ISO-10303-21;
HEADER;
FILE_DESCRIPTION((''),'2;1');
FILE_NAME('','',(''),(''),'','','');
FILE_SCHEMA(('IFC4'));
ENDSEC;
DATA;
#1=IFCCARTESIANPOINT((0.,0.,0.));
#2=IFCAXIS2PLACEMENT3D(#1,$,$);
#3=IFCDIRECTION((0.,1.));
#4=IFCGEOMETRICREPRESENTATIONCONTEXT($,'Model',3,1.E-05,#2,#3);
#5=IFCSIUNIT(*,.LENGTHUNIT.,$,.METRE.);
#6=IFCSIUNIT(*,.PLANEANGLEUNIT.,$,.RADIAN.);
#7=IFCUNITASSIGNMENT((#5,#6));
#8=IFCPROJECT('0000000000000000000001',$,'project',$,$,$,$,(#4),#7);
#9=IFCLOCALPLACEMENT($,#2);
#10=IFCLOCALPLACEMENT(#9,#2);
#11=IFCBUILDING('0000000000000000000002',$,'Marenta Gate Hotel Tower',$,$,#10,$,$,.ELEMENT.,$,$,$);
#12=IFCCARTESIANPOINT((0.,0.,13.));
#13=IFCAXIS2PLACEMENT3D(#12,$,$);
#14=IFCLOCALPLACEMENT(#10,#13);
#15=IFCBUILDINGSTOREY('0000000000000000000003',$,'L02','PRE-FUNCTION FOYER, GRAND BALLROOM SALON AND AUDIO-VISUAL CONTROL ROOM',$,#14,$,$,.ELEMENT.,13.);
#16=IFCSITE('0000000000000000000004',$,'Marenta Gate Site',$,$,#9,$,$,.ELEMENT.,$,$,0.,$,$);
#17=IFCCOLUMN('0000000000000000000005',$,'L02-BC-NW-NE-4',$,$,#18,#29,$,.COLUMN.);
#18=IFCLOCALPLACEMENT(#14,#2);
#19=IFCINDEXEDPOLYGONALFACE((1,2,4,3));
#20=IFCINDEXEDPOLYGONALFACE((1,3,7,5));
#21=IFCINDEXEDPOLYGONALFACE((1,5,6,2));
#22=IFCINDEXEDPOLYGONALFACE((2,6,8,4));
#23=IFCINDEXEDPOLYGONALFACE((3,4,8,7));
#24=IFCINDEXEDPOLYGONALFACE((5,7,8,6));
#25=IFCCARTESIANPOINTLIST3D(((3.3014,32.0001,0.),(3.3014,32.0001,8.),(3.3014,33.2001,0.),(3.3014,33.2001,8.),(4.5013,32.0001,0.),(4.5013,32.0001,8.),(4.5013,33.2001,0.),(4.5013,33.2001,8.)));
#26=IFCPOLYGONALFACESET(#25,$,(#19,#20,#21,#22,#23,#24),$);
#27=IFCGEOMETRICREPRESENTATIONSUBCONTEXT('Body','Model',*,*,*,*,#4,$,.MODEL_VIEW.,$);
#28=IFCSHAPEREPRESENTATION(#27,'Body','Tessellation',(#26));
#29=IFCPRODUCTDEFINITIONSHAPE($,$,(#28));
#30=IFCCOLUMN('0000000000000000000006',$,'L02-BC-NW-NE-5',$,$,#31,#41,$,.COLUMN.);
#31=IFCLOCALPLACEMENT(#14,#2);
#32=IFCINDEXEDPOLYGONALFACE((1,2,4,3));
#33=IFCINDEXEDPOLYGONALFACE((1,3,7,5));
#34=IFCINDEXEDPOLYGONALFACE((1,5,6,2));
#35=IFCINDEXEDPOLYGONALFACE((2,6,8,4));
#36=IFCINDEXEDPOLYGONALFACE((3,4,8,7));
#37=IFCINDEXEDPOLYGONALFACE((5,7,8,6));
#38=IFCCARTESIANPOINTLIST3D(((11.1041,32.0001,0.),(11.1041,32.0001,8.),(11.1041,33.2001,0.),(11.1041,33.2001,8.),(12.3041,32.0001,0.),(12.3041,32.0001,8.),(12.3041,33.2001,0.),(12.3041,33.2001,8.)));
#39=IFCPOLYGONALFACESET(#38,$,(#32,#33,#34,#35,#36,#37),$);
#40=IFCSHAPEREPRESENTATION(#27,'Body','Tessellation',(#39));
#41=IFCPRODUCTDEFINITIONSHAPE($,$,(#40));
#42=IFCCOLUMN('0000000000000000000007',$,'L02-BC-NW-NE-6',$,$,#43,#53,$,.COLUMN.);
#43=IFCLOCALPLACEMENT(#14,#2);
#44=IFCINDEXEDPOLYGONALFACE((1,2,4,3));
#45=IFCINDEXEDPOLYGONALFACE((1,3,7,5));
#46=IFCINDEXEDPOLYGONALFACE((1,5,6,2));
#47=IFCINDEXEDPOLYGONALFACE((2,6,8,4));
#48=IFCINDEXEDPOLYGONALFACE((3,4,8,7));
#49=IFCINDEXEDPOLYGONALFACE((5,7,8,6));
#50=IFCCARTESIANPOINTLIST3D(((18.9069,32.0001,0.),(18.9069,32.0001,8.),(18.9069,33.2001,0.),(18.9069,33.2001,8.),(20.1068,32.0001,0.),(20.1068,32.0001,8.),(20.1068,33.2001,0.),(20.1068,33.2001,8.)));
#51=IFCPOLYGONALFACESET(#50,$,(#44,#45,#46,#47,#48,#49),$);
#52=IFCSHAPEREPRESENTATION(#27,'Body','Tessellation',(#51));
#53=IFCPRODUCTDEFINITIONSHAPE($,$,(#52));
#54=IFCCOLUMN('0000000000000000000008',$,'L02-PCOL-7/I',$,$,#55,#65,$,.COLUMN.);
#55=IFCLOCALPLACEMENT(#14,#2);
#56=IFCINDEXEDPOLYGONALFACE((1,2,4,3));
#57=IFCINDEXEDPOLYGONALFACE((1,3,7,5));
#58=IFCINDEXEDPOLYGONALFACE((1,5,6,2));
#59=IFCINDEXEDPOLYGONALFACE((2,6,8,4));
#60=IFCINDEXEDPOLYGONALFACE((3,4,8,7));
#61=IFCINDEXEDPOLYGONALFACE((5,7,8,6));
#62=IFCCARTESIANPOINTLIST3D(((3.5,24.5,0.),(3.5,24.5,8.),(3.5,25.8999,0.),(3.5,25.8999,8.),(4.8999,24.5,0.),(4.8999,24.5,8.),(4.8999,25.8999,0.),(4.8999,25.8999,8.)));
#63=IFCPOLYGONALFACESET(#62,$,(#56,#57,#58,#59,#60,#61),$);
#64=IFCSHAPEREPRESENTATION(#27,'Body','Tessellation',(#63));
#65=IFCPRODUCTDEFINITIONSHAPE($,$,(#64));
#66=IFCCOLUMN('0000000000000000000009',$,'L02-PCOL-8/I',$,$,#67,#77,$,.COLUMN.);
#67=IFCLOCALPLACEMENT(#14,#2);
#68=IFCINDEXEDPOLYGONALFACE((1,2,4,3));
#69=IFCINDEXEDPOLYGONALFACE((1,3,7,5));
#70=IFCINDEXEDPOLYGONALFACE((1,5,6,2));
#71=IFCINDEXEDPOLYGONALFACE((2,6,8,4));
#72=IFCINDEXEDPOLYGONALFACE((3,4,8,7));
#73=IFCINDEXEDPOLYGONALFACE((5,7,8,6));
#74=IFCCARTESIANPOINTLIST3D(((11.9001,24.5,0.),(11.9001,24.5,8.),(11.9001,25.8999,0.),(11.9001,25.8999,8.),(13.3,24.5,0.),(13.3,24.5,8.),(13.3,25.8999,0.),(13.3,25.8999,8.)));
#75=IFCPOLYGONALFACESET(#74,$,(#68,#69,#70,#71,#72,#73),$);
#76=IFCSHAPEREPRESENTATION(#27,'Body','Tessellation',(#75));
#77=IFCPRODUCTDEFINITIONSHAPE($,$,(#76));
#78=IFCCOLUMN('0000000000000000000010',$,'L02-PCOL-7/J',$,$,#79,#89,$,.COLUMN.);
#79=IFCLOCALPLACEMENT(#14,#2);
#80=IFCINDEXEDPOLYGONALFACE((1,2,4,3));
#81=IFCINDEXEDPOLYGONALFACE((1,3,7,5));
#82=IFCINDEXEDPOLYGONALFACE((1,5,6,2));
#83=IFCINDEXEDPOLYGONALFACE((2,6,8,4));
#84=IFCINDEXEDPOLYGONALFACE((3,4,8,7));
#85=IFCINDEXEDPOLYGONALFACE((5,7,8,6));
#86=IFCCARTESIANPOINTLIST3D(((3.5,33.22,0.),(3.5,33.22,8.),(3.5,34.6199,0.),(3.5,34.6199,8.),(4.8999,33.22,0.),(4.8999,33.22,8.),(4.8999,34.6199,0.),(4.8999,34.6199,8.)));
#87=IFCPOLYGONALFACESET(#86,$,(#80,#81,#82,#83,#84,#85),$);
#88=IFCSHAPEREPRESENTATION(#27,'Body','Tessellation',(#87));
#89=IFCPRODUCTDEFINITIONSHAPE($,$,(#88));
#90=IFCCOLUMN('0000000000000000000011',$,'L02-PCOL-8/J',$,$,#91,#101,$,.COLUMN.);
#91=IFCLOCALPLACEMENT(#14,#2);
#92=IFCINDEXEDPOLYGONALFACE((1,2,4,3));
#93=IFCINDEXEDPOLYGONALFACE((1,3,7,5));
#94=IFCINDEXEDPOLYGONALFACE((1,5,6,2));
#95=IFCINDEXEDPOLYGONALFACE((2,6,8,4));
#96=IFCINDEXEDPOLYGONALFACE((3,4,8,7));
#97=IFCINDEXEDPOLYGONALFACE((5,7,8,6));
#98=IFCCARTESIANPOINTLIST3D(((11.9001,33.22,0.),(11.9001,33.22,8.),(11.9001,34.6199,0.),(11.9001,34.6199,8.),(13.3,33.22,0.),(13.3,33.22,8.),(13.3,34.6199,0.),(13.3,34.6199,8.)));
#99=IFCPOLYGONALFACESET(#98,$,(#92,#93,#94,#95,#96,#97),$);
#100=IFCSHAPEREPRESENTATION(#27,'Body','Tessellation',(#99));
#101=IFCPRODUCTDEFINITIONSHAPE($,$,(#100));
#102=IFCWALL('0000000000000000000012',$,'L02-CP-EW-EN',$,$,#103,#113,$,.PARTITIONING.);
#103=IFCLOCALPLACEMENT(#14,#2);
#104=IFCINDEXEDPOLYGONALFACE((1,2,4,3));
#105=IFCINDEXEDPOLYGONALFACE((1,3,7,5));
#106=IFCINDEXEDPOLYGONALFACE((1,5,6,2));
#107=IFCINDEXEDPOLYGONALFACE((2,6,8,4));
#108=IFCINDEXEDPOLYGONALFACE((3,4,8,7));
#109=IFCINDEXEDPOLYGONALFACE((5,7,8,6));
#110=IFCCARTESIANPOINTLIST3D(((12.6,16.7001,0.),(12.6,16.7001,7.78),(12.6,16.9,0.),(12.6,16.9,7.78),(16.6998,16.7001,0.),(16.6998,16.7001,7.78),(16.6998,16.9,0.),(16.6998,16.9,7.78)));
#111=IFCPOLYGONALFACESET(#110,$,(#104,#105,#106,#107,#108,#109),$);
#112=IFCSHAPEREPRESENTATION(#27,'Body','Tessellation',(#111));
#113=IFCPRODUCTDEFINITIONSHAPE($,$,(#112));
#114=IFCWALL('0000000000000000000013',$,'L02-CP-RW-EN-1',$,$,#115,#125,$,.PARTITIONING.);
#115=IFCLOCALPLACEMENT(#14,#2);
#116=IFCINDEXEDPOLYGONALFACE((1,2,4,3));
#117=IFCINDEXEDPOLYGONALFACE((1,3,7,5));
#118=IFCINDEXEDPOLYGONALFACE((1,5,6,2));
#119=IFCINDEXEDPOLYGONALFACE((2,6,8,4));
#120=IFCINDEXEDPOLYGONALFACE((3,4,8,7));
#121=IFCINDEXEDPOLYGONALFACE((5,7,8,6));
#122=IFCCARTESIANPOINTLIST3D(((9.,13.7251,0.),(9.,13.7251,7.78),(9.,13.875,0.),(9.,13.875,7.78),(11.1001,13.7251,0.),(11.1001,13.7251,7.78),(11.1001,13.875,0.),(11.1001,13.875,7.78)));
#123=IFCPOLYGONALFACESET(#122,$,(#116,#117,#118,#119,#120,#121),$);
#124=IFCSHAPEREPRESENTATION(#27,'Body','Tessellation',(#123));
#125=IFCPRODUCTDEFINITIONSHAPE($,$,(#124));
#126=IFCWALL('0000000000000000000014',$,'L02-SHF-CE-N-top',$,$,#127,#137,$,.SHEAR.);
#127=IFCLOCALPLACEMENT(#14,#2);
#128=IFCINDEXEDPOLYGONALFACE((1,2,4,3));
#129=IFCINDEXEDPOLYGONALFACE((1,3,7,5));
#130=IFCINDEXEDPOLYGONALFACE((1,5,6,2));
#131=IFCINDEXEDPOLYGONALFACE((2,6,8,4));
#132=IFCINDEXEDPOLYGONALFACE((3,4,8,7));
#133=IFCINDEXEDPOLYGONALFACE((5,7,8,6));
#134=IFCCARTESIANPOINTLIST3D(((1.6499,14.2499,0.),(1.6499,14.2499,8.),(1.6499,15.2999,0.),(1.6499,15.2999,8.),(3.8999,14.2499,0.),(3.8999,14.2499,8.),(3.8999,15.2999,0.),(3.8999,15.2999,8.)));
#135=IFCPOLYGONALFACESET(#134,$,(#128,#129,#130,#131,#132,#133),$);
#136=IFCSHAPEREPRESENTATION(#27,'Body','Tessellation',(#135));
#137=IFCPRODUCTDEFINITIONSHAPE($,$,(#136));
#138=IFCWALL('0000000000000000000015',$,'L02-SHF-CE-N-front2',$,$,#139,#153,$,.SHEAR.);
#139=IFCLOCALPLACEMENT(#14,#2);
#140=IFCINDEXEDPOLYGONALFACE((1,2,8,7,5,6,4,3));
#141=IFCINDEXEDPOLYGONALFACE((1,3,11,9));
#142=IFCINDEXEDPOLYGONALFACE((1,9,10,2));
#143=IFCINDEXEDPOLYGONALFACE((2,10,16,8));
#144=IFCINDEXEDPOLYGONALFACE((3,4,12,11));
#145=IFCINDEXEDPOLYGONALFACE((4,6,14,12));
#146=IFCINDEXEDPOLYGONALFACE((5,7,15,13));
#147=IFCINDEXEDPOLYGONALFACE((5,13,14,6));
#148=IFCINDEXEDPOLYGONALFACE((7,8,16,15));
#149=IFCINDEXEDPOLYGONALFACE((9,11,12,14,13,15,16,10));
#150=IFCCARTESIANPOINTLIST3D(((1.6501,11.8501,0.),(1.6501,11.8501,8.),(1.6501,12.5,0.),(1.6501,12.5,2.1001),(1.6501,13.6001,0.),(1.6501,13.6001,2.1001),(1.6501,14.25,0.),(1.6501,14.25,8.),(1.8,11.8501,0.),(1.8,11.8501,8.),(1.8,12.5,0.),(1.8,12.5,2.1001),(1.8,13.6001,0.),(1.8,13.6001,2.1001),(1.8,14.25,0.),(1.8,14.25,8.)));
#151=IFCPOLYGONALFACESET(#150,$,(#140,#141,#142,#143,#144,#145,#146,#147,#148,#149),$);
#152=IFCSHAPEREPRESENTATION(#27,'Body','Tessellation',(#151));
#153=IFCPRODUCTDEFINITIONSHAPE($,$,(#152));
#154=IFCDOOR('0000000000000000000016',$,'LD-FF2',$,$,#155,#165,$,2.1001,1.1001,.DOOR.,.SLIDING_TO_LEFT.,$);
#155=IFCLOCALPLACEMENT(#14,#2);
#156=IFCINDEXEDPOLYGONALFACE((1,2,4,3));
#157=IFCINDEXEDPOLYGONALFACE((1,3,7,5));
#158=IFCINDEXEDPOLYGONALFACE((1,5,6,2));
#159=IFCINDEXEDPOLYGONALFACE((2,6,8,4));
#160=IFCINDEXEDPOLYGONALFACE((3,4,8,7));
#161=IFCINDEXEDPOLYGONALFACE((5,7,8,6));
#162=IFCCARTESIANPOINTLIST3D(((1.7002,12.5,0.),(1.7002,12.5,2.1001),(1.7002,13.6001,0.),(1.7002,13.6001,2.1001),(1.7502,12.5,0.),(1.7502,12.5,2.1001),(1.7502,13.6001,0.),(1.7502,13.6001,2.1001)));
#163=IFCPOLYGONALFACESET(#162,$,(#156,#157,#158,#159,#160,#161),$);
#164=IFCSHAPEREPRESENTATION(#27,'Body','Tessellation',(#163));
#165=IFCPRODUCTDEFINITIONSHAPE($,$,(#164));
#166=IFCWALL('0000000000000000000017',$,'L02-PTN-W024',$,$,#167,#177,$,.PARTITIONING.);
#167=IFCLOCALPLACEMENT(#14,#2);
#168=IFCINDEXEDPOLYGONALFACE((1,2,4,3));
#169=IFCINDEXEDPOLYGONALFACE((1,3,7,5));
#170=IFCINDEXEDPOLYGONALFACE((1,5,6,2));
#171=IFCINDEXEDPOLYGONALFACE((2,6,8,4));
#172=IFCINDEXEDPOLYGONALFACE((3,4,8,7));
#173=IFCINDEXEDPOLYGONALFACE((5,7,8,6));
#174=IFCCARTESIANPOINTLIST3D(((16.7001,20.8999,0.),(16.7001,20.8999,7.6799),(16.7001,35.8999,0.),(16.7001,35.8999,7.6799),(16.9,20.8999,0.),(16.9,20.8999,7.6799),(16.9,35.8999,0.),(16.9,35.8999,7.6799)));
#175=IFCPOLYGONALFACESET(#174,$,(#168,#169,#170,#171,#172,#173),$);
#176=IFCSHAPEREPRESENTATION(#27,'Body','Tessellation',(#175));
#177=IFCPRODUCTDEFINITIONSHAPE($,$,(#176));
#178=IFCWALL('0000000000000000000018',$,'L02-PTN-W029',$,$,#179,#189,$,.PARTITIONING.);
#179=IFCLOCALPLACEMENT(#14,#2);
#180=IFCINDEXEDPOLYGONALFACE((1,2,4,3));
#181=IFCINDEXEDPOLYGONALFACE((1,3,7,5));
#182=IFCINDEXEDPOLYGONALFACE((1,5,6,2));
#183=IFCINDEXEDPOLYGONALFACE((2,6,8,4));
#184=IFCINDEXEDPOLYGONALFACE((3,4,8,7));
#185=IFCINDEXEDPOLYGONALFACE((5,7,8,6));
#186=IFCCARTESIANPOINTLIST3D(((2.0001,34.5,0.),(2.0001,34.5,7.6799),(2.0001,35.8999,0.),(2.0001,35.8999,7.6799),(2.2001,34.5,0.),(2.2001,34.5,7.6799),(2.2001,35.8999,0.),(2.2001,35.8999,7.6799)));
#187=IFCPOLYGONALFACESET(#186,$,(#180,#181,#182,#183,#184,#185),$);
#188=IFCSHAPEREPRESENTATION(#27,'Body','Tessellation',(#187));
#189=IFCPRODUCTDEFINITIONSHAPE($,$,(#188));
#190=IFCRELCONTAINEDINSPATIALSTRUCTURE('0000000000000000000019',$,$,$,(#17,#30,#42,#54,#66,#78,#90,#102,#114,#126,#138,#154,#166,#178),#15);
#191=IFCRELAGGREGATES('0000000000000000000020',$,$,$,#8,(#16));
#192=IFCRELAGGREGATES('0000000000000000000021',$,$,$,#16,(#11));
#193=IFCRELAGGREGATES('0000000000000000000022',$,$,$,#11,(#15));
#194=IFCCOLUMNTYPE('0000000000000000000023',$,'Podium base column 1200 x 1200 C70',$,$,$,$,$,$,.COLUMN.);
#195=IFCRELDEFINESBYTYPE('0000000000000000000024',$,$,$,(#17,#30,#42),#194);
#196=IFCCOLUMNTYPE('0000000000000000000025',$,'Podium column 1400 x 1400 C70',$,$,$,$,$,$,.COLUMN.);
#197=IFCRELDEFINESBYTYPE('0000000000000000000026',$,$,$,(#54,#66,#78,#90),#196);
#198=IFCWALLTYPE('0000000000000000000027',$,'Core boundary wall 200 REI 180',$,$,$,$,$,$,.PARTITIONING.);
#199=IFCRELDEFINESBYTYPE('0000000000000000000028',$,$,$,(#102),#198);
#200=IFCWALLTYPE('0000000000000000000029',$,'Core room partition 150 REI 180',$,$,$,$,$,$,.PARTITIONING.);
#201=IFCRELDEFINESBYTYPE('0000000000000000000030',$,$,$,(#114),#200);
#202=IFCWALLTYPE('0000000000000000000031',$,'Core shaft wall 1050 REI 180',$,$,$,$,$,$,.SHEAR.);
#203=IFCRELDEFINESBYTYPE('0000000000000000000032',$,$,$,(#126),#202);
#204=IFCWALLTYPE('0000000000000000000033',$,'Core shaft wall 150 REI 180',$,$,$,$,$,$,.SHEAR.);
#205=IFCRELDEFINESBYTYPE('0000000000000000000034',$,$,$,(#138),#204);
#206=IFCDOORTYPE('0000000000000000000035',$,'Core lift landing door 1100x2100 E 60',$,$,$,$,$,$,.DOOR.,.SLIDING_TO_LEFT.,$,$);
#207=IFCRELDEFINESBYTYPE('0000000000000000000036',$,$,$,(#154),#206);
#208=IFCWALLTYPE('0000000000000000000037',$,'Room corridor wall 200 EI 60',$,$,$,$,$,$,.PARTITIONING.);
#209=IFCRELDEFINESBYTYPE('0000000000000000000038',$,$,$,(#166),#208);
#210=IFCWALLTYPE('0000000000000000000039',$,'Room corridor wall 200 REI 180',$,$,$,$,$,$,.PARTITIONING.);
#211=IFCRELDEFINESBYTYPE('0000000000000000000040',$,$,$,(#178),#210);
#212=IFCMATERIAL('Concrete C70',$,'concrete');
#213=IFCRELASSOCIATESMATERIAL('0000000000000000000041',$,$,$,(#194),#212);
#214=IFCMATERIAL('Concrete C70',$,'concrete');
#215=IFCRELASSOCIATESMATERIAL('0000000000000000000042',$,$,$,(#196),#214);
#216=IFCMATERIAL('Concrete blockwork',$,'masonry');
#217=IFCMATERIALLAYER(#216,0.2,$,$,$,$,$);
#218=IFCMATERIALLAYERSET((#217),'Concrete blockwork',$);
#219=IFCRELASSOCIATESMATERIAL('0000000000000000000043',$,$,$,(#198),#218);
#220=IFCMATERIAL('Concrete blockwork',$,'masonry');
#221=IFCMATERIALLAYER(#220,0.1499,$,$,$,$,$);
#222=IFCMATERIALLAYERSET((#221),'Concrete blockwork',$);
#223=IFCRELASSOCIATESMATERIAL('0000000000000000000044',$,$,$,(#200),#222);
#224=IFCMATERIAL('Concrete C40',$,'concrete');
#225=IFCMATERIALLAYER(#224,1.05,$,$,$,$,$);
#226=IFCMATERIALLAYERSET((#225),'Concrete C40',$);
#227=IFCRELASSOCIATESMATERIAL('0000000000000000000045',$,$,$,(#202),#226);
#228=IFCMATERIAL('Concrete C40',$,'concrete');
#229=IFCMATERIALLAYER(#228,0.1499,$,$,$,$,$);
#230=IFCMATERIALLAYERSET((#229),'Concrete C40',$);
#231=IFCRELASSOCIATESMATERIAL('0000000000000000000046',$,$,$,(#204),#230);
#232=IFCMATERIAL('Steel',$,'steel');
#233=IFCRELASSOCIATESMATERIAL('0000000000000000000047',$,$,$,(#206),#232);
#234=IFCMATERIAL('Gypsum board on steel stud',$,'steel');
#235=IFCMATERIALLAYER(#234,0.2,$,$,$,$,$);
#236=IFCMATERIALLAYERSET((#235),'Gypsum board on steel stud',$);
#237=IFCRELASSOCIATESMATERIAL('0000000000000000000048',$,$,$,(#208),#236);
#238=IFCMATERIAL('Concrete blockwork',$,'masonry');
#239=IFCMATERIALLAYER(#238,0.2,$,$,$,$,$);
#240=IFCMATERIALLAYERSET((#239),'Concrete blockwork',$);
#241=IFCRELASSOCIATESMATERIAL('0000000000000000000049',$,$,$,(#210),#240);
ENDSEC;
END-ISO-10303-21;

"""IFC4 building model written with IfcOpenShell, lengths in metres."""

from ifc_helpers import new_model, si_unit, direction, frame, frame_2d, origin, origin_2d, place, context, subcontext, project, spatial, rectangle, extrude, material, layer, layer_set, material_profile, profile_set, type_object, element, fill, save


model = new_model("IFC4")

# Units and contexts
model_context = context("Model", 3, precision=1e-05, world=origin(), true_north=direction((0.0, 1.0)))
body_context = subcontext(model_context, "Body", "Model", "MODEL_VIEW")
ifc_project = project(units=[si_unit("LENGTHUNIT", "METRE"), si_unit("PLANEANGLEUNIT", "RADIAN")], contexts=[model_context])

# Site, building, storey
site_placement = place(None, origin())
site = spatial("IfcSite", under=ifc_project, at=site_placement, Name="Marenta Gate Site", CompositionType="ELEMENT", RefElevation=0.0)
building_placement = place(site_placement, origin())
building = spatial("IfcBuilding", under=site, at=building_placement, Name="Marenta Gate Hotel Tower", CompositionType="ELEMENT")
storey_placement = place(building_placement, frame((0.0, 0.0, 13.0)))
storey = spatial("IfcBuildingStorey", under=building, at=storey_placement, Name="L02", Description="PRE-FUNCTION FOYER, GRAND BALLROOM SALON AND AUDIO-VISUAL CONTROL ROOM", CompositionType="ELEMENT", Elevation=13.0)

# Columns
ifc_material_1 = material(Name="Concrete C70", Category="concrete")
ifc_material_profile_1 = material_profile(ifc_material_1, rectangle(XDim=1.2, YDim=1.2, at=origin_2d()), Name="1200 x 1200")
ifc_profile_set_1 = profile_set([ifc_material_profile_1], Name="Concrete C70")
column_type_1 = type_object("IfcColumnType", Name="Podium base column 1200 x 1200 C70", PredefinedType="COLUMN", material=ifc_profile_set_1)
for number, where, z_axis, x_axis, name in (
    (1, (3.9014, 32.6001, 0.0), (0.0, 0.0, 1.0), (1.0, 0.0, 0.0), "L02-BC-NW-NE-4"),
    (2, (11.7041, 32.6001, 0.0), (0.0, 0.0, 1.0), (1.0, 0.0, 0.0), "L02-BC-NW-NE-5"),
    (3, (19.5068, 32.6001, 0.0), (0.0, 0.0, 1.0), (1.0, 0.0, 0.0), "L02-BC-NW-NE-6"),
):
    element("IfcColumn", number, at=place(storey_placement, frame(where, z_axis=z_axis, x_axis=x_axis)), inside=storey, type_object=column_type_1, Name=name, PredefinedType="COLUMN", context=body_context, shape_type="SweptSolid", body=[
        extrude(rectangle(XDim=1.2, YDim=1.2, at=origin_2d()), origin(), (0.0, 0.0, 1.0), 8.0),
    ])
ifc_material_2 = material(Name="Concrete C70", Category="concrete")
ifc_material_profile_2 = material_profile(ifc_material_2, rectangle(XDim=1.3999, YDim=1.3999, at=origin_2d()), Name="1400 x 1400")
ifc_profile_set_2 = profile_set([ifc_material_profile_2], Name="Concrete C70")
column_type_2 = type_object("IfcColumnType", Name="Podium column 1400 x 1400 C70", PredefinedType="COLUMN", material=ifc_profile_set_2)
for number, where, z_axis, x_axis, name in (
    (4, (4.2, 25.2, 0.0), (0.0, 0.0, 1.0), (1.0, 0.0, 0.0), "L02-PCOL-7/I"),
    (5, (12.6001, 25.2, 0.0), (0.0, 0.0, 1.0), (1.0, 0.0, 0.0), "L02-PCOL-8/I"),
    (6, (4.2, 33.9199, 0.0), (0.0, 0.0, 1.0), (1.0, 0.0, 0.0), "L02-PCOL-7/J"),
    (7, (12.6001, 33.9199, 0.0), (0.0, 0.0, 1.0), (1.0, 0.0, 0.0), "L02-PCOL-8/J"),
):
    element("IfcColumn", number, at=place(storey_placement, frame(where, z_axis=z_axis, x_axis=x_axis)), inside=storey, type_object=column_type_2, Name=name, PredefinedType="COLUMN", context=body_context, shape_type="SweptSolid", body=[
        extrude(rectangle(XDim=1.3999, YDim=1.3999, at=origin_2d()), origin(), (0.0, 0.0, 1.0), 8.0),
    ])

# Walls
ifc_material_3 = material(Name="Concrete blockwork", Category="masonry")
ifc_layer_1 = layer(ifc_material_3, 0.2)
ifc_layer_set_1 = layer_set([ifc_layer_1], Name="Concrete blockwork")
wall_type_1 = type_object("IfcWallType", Name="Core boundary wall 200 REI 180", PredefinedType="PARTITIONING", material=ifc_layer_set_1)
wall_1_placement = place(storey_placement, frame((12.6001, 16.8, 0.0), z_axis=(0.0, 0.0, 1.0), x_axis=(1.0, 0.0, 0.0)))
element("IfcWall", 8, at=wall_1_placement, inside=storey, type_object=wall_type_1, Name="L02-CP-EW-EN", PredefinedType="PARTITIONING", context=body_context, shape_type="SweptSolid", body=[
    extrude(rectangle(XDim=4.0999, YDim=0.2, at=frame_2d((2.0498, 0.0))), origin(), (0.0, 0.0, 1.0), 7.78),
])
ifc_material_4 = material(Name="Concrete blockwork", Category="masonry")
ifc_layer_2 = layer(ifc_material_4, 0.1499)
ifc_layer_set_2 = layer_set([ifc_layer_2], Name="Concrete blockwork")
wall_type_2 = type_object("IfcWallType", Name="Core room partition 150 REI 180", PredefinedType="PARTITIONING", material=ifc_layer_set_2)
wall_2_placement = place(storey_placement, frame((9.0, 13.8, 0.0), z_axis=(0.0, 0.0, 1.0), x_axis=(1.0, 0.0, 0.0)))
element("IfcWall", 9, at=wall_2_placement, inside=storey, type_object=wall_type_2, Name="L02-CP-RW-EN-1", PredefinedType="PARTITIONING", context=body_context, shape_type="SweptSolid", body=[
    extrude(rectangle(XDim=2.1001, YDim=0.1499, at=frame_2d((1.05, 0.0))), origin(), (0.0, 0.0, 1.0), 7.78),
])
ifc_material_5 = material(Name="Concrete C40", Category="concrete")
ifc_layer_3 = layer(ifc_material_5, 1.05)
ifc_layer_set_3 = layer_set([ifc_layer_3], Name="Concrete C40")
wall_type_3 = type_object("IfcWallType", Name="Core shaft wall 1050 REI 180", PredefinedType="SHEAR", material=ifc_layer_set_3)
wall_3_placement = place(storey_placement, frame((1.6499, 14.7749, 0.0), z_axis=(0.0, 0.0, 1.0), x_axis=(1.0, 0.0, 0.0)))
element("IfcWall", 10, at=wall_3_placement, inside=storey, type_object=wall_type_3, Name="L02-SHF-CE-N-top", PredefinedType="SHEAR", context=body_context, shape_type="SweptSolid", body=[
    extrude(rectangle(XDim=2.25, YDim=1.05, at=frame_2d((1.125, 0.0))), origin(), (0.0, 0.0, 1.0), 8.0),
])

# Wall, opening, door
ifc_material_6 = material(Name="Concrete C40", Category="concrete")
ifc_layer_4 = layer(ifc_material_6, 0.1499)
ifc_layer_set_4 = layer_set([ifc_layer_4], Name="Concrete C40")
wall_type_4 = type_object("IfcWallType", Name="Core shaft wall 150 REI 180", PredefinedType="SHEAR", material=ifc_layer_set_4)
wall_4_placement = place(storey_placement, frame((1.7251, 11.8501, 0.0), z_axis=(0.0, 0.0, 1.0), x_axis=(0.0, 1.0, 0.0)))
wall_4 = element("IfcWall", 11, at=wall_4_placement, inside=storey, type_object=wall_type_4, Name="L02-SHF-CE-N-front2", PredefinedType="SHEAR", context=body_context, shape_type="SweptSolid", body=[
    extrude(rectangle(XDim=2.3999, YDim=0.1499, at=frame_2d((1.2, 0.0))), origin(), (0.0, 0.0, 1.0), 8.0),
])
opening_1_placement = place(wall_4_placement, frame((0.6499, 0.0, 0.0)))
opening_1 = element("IfcOpeningElement", 12, at=opening_1_placement, cuts=wall_4, PredefinedType="OPENING", context=body_context, shape_type="SweptSolid", body=[
    extrude(rectangle(XDim=1.1001, YDim=2.1001, at=frame_2d((0.55, 1.05))), frame((0.0, 0.075, 0.0), z_axis=(0.0, -1.0, 0.0), x_axis=(1.0, 0.0, 0.0)), (0.0, 0.0, 1.0), 0.1499),
])
ifc_material_7 = material(Name="Steel", Category="steel")
door_type_1 = type_object("IfcDoorType", Name="Core lift landing door 1100x2100 E 60", OperationType="SLIDING_TO_LEFT", PredefinedType="DOOR", material=ifc_material_7)
door_1_placement = place(opening_1_placement, origin())
door_1 = element("IfcDoor", 13, at=door_1_placement, inside=storey, type_object=door_type_1, Name="LD-FF2", OperationType="SLIDING_TO_LEFT", OverallHeight=2.1001, OverallWidth=1.1001, PredefinedType="DOOR", context=body_context, shape_type="SweptSolid", body=[
    extrude(rectangle(XDim=1.1001, YDim=2.1001, at=frame_2d((0.55, 1.05))), frame((0.0, 0.0249, 0.0), z_axis=(0.0, -1.0, 0.0), x_axis=(1.0, 0.0, 0.0)), (0.0, 0.0, 1.0), 0.05),
])
fill(opening_1, door_1)

# Walls
ifc_material_8 = material(Name="Gypsum board on steel stud", Category="steel")
ifc_layer_5 = layer(ifc_material_8, 0.2)
ifc_layer_set_5 = layer_set([ifc_layer_5], Name="Gypsum board on steel stud")
wall_type_5 = type_object("IfcWallType", Name="Room corridor wall 200 EI 60", PredefinedType="PARTITIONING", material=ifc_layer_set_5)
wall_5_placement = place(storey_placement, frame((16.8, 20.8999, 0.0), z_axis=(0.0, 0.0, 1.0), x_axis=(0.0, 1.0, 0.0)))
element("IfcWall", 14, at=wall_5_placement, inside=storey, type_object=wall_type_5, Name="L02-PTN-W024", PredefinedType="PARTITIONING", context=body_context, shape_type="SweptSolid", body=[
    extrude(rectangle(XDim=15.0, YDim=0.2, at=frame_2d((7.5, 0.0))), origin(), (0.0, 0.0, 1.0), 7.6799),
])
ifc_material_9 = material(Name="Concrete blockwork", Category="masonry")
ifc_layer_6 = layer(ifc_material_9, 0.2)
ifc_layer_set_6 = layer_set([ifc_layer_6], Name="Concrete blockwork")
wall_type_6 = type_object("IfcWallType", Name="Room corridor wall 200 REI 180", PredefinedType="PARTITIONING", material=ifc_layer_set_6)
wall_6_placement = place(storey_placement, frame((2.1001, 34.5, 0.0), z_axis=(0.0, 0.0, 1.0), x_axis=(0.0, 1.0, 0.0)))
element("IfcWall", 15, at=wall_6_placement, inside=storey, type_object=wall_type_6, Name="L02-PTN-W029", PredefinedType="PARTITIONING", context=body_context, shape_type="SweptSolid", body=[
    extrude(rectangle(XDim=1.3999, YDim=0.2, at=frame_2d((0.7, 0.0))), origin(), (0.0, 0.0, 1.0), 7.6799),
])

save(model, "model.ifc")
